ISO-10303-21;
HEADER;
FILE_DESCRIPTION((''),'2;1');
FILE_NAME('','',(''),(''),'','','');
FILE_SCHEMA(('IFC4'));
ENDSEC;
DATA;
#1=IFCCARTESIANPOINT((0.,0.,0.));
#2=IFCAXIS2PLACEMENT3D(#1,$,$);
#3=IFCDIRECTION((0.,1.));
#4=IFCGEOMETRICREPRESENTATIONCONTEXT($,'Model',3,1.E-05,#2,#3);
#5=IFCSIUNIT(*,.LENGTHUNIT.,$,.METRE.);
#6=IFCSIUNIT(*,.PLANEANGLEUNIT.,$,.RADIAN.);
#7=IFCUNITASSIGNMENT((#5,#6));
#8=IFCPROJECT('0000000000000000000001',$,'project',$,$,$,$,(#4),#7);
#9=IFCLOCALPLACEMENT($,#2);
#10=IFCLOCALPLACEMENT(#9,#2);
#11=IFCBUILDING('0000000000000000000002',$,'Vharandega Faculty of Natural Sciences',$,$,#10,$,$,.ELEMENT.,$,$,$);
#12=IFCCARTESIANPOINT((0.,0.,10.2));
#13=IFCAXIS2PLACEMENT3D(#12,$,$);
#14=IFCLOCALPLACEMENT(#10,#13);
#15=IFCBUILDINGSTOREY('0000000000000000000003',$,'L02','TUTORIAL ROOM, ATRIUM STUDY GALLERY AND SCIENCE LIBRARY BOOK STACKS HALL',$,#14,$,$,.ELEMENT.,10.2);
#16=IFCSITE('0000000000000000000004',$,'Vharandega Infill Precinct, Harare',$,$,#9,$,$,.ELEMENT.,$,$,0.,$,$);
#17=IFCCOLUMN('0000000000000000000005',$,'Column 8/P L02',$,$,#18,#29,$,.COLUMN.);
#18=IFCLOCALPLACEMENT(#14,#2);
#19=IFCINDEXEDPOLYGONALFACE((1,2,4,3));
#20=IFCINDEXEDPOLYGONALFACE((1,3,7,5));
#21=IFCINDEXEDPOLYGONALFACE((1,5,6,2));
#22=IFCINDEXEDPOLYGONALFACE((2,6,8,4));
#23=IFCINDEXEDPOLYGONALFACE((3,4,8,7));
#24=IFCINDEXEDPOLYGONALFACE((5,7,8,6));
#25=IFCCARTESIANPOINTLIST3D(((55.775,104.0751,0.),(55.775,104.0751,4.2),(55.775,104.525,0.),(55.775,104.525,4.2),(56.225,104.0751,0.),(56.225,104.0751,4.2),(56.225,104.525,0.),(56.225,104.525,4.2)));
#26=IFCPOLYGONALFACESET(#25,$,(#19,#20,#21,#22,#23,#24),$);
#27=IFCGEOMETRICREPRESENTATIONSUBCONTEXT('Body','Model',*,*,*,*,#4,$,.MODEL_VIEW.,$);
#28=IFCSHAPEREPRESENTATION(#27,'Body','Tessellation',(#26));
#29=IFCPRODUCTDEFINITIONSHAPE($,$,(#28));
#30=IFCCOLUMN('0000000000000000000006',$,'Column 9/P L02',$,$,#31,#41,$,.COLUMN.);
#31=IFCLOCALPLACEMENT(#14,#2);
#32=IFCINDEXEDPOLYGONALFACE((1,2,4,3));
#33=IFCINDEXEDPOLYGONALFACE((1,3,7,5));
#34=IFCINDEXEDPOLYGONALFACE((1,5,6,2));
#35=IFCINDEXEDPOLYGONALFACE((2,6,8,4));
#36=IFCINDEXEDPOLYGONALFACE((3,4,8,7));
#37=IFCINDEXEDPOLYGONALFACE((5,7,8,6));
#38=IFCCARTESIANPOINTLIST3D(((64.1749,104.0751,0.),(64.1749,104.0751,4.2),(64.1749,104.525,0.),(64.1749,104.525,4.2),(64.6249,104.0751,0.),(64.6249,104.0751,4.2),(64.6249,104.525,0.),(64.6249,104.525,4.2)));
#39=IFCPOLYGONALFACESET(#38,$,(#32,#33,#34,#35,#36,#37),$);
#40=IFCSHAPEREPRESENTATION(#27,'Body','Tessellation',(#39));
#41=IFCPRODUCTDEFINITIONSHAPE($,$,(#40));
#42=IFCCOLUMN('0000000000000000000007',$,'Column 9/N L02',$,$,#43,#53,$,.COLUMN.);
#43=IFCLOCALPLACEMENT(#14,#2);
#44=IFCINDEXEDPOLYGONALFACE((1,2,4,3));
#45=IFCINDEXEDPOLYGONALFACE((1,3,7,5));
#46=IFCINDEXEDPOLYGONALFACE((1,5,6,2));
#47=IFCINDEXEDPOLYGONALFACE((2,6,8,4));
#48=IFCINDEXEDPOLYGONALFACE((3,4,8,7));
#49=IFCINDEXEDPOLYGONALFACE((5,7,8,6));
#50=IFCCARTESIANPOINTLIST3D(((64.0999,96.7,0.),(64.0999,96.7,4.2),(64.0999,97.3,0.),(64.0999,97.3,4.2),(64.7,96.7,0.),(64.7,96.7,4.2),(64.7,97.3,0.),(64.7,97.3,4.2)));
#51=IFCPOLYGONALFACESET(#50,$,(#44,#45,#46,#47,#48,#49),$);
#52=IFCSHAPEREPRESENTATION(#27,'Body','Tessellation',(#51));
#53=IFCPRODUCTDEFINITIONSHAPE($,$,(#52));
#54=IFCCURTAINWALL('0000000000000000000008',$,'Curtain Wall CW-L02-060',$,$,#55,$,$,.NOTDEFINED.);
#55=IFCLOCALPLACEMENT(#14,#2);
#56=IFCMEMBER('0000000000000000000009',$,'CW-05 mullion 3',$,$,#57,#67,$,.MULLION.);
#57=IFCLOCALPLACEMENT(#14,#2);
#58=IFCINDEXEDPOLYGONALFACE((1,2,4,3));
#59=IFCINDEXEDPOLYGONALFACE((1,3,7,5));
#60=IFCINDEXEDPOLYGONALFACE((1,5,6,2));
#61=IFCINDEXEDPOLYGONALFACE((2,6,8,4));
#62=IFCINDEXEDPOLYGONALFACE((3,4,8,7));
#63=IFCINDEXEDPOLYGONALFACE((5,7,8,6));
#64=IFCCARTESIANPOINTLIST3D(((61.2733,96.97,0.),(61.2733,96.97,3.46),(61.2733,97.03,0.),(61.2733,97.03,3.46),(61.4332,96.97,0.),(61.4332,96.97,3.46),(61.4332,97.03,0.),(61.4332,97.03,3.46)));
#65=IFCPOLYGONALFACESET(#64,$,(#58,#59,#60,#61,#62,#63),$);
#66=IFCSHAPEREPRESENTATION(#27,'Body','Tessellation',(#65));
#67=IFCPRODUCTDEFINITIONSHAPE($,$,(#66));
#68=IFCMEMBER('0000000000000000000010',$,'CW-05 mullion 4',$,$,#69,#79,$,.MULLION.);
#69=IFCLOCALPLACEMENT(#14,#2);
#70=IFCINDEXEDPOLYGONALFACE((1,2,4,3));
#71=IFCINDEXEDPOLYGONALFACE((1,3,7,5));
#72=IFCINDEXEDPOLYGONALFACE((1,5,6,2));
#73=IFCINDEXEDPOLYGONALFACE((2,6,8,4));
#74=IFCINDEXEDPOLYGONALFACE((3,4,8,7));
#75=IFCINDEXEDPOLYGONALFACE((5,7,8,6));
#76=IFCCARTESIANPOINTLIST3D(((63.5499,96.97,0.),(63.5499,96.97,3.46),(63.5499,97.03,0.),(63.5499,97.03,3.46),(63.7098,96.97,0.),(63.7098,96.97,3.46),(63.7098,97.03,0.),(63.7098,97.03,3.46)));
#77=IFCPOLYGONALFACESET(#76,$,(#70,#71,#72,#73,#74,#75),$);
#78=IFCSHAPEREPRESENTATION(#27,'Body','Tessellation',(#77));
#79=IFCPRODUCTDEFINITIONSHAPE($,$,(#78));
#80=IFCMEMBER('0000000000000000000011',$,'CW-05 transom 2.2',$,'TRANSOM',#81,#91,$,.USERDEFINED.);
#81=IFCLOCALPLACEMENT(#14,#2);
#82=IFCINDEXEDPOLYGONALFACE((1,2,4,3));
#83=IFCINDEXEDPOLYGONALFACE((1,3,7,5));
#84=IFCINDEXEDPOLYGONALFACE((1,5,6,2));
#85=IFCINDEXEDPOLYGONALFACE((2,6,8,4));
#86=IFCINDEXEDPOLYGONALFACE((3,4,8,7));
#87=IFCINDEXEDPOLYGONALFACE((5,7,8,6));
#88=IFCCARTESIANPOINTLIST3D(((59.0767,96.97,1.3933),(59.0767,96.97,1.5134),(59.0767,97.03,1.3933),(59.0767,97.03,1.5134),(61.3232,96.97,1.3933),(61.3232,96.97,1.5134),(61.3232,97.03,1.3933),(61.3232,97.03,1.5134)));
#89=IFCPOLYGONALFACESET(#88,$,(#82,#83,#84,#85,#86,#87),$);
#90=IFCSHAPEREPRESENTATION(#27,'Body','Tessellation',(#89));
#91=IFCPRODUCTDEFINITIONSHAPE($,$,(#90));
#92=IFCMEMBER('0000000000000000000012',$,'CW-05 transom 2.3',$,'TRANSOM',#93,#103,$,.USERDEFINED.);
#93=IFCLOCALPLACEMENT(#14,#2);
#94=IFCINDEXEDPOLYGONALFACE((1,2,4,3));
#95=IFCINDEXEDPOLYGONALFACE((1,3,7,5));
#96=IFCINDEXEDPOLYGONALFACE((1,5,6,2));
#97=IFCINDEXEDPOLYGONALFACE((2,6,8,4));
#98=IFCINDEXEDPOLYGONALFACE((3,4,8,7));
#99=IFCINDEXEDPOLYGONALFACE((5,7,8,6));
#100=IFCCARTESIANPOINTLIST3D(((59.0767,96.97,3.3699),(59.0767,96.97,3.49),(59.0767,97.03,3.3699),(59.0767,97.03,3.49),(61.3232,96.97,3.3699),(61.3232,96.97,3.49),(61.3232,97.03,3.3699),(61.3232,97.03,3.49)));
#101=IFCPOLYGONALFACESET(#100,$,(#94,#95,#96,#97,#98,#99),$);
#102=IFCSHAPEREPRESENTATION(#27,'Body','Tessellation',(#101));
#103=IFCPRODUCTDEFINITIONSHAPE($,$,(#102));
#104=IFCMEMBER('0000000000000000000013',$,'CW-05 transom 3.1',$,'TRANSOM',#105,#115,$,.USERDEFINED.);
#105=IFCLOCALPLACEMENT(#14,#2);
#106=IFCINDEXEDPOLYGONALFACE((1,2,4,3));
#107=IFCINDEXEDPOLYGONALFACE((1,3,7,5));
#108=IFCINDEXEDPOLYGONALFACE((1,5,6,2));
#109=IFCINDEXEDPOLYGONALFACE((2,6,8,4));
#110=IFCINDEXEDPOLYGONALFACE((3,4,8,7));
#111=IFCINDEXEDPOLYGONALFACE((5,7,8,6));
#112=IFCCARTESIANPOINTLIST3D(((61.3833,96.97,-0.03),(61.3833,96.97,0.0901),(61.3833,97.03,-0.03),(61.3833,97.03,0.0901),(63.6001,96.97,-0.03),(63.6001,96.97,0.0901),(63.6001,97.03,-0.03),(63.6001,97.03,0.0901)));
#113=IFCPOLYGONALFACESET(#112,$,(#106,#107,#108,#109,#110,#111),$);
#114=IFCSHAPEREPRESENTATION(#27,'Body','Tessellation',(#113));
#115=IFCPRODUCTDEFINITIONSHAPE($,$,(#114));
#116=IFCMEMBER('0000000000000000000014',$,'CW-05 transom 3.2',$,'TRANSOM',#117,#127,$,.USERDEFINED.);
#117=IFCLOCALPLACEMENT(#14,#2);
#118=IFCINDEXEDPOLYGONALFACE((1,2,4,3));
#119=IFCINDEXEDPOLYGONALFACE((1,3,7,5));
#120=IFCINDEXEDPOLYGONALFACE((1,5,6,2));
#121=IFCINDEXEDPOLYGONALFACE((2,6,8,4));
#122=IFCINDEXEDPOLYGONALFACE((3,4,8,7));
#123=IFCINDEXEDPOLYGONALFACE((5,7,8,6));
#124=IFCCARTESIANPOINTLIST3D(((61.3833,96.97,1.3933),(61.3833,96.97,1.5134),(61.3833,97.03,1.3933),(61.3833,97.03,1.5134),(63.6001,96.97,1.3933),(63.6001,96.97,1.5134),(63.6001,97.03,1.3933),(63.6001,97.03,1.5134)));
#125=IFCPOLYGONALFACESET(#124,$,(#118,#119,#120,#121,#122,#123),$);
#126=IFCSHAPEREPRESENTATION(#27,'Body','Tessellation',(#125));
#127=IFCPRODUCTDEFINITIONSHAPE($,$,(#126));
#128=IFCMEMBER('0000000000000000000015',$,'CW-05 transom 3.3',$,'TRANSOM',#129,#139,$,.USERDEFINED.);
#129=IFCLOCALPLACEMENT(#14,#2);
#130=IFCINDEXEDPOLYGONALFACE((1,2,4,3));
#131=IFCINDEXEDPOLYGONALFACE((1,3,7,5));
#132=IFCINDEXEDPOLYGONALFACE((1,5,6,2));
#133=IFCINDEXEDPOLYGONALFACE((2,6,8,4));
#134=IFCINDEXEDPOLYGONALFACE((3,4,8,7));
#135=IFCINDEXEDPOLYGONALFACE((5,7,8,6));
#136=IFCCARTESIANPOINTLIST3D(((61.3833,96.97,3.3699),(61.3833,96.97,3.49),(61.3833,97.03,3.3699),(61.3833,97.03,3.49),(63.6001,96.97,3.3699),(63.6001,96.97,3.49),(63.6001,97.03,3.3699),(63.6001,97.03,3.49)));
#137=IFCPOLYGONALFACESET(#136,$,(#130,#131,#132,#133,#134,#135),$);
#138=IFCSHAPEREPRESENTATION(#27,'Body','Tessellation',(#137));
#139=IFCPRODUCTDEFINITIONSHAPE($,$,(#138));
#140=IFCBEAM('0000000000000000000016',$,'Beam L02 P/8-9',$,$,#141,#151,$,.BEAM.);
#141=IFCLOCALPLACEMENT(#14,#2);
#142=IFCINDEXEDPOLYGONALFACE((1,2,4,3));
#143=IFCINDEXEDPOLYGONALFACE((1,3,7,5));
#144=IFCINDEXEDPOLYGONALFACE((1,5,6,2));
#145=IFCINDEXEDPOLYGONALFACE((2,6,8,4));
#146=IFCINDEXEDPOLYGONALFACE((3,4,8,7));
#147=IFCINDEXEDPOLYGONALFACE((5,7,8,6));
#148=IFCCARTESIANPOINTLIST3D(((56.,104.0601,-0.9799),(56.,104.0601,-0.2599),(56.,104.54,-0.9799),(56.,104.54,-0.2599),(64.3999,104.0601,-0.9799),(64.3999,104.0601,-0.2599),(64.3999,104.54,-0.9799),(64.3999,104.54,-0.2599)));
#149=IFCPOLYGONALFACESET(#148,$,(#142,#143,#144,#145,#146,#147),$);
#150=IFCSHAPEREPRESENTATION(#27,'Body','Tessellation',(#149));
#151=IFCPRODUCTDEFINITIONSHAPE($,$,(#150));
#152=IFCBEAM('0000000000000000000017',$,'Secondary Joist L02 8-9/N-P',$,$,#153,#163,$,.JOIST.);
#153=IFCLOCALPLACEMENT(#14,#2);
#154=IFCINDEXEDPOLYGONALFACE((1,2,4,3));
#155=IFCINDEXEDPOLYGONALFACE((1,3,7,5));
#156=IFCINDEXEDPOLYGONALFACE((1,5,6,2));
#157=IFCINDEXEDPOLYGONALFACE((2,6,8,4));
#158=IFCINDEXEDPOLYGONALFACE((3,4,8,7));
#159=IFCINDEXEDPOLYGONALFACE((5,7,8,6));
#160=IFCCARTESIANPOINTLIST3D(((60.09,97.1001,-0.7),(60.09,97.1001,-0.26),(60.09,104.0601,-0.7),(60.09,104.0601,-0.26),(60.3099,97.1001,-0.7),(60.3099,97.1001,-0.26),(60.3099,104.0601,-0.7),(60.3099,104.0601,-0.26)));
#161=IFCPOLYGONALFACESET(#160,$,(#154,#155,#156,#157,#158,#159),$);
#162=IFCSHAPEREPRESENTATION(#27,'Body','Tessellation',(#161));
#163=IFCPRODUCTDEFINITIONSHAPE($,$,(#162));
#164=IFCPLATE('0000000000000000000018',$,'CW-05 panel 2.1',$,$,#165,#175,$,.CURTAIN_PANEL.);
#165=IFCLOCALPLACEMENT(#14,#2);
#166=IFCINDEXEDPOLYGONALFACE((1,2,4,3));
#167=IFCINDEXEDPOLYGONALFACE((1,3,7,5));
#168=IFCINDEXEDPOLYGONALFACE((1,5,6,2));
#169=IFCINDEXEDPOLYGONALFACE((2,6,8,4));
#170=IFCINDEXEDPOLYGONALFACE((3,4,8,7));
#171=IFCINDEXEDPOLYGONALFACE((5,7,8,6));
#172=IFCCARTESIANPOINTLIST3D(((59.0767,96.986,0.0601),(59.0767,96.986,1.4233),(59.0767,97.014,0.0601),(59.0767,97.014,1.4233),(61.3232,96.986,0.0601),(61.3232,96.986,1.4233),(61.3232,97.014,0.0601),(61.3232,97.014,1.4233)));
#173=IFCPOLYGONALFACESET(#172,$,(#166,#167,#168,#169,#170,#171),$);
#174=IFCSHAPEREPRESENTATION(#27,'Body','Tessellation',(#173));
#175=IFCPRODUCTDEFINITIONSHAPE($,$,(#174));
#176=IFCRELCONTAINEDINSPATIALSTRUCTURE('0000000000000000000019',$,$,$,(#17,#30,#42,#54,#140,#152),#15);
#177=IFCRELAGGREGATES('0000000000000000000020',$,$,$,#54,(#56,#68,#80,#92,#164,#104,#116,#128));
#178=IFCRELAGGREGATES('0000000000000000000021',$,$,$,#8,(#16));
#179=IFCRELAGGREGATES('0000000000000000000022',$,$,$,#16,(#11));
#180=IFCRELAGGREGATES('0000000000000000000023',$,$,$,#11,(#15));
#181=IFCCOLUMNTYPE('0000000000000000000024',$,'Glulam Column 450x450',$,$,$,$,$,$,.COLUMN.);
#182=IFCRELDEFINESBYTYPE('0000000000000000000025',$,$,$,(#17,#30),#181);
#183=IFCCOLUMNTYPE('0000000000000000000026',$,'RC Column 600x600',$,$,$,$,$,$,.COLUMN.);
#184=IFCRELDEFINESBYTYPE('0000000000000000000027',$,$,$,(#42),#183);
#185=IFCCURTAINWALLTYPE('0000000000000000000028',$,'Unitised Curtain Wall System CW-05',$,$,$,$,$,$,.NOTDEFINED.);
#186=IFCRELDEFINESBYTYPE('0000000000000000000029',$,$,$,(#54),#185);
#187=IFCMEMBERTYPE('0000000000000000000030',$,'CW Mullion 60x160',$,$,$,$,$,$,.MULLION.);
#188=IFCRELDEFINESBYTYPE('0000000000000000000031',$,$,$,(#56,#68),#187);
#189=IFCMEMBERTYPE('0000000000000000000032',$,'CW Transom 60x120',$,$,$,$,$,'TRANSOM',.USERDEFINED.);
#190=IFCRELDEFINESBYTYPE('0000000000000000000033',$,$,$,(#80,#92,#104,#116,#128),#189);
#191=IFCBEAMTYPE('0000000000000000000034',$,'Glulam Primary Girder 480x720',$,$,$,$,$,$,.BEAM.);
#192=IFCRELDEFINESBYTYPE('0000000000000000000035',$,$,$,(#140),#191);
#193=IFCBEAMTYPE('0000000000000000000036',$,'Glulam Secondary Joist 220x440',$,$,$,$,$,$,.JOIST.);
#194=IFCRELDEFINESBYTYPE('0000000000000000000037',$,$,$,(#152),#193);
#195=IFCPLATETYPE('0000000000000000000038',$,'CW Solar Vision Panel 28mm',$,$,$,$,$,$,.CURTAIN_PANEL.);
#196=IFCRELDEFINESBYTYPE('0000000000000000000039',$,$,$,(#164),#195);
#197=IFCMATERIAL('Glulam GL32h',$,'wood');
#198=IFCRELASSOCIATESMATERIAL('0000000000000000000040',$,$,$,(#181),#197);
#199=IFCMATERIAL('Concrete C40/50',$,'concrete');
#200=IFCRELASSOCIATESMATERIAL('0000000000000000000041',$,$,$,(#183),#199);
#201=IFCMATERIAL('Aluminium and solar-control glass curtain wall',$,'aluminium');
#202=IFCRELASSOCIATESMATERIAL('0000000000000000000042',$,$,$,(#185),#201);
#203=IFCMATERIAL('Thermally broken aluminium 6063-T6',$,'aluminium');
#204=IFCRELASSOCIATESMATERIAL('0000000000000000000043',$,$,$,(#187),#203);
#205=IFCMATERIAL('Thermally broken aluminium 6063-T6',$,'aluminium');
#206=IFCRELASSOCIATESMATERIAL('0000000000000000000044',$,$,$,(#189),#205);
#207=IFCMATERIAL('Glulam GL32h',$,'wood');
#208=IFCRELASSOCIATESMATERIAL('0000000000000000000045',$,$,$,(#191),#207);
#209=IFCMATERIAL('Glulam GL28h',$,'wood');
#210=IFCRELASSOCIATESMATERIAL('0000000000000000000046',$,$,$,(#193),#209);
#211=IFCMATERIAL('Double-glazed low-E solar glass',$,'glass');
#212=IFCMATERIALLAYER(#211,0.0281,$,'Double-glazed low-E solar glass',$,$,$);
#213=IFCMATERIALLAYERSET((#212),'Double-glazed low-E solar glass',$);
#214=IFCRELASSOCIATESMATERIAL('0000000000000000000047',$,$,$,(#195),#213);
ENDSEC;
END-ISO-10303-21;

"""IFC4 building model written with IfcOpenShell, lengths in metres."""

from ifc_helpers import new_model, si_unit, direction, frame, origin, origin_2d, place, context, subcontext, project, spatial, rectangle, extrude, material, layer, layer_set, material_profile, profile_set, type_object, element, aggregate, save


model = new_model("IFC4")

# Units and contexts
model_context = context("Model", 3, precision=1e-05, world=origin(), true_north=direction((0.0, 1.0)))
body_context = subcontext(model_context, "Body", "Model", "MODEL_VIEW")
ifc_project = project(units=[si_unit("LENGTHUNIT", "METRE"), si_unit("PLANEANGLEUNIT", "RADIAN")], contexts=[model_context])

# Site, building, storey
site_placement = place(None, origin())
site = spatial("IfcSite", under=ifc_project, at=site_placement, Name="Vharandega Infill Precinct, Harare", CompositionType="ELEMENT", RefElevation=0.0)
building_placement = place(site_placement, origin())
building = spatial("IfcBuilding", under=site, at=building_placement, Name="Vharandega Faculty of Natural Sciences", CompositionType="ELEMENT")
storey_placement = place(building_placement, frame((0.0, 0.0, 10.2)))
storey = spatial("IfcBuildingStorey", under=building, at=storey_placement, Name="L02", Description="TUTORIAL ROOM, ATRIUM STUDY GALLERY AND SCIENCE LIBRARY BOOK STACKS HALL", CompositionType="ELEMENT", Elevation=10.2)

# Columns
ifc_material_1 = material(Name="Glulam GL32h", Category="wood")
ifc_material_profile_1 = material_profile(ifc_material_1, rectangle(XDim=0.45, YDim=0.45, at=origin_2d()), Name="GL32h 450x450")
ifc_profile_set_1 = profile_set([ifc_material_profile_1], Name="Glulam GL32h")
column_type_1 = type_object("IfcColumnType", Name="Glulam Column 450x450", PredefinedType="COLUMN", material=ifc_profile_set_1)
for number, where, z_axis, x_axis, name in (
    (1, (56.0, 104.3, 0.0), (0.0, 0.0, 1.0), (1.0, 0.0, 0.0), "Column 8/P L02"),
    (2, (64.3999, 104.3, 0.0), (0.0, 0.0, 1.0), (1.0, 0.0, 0.0), "Column 9/P L02"),
):
    element("IfcColumn", number, at=place(storey_placement, frame(where, z_axis=z_axis, x_axis=x_axis)), inside=storey, type_object=column_type_1, Name=name, PredefinedType="COLUMN", context=body_context, shape_type="SweptSolid", body=[
        extrude(rectangle(XDim=0.45, YDim=0.45, at=origin_2d()), origin(), (0.0, 0.0, 1.0), 4.2),
    ])
ifc_material_2 = material(Name="Concrete C40/50", Category="concrete")
ifc_material_profile_2 = material_profile(ifc_material_2, rectangle(XDim=0.6001, YDim=0.6001, at=origin_2d()), Name="RC 600x600")
ifc_profile_set_2 = profile_set([ifc_material_profile_2], Name="Concrete C40/50")
column_type_2 = type_object("IfcColumnType", Name="RC Column 600x600", PredefinedType="COLUMN", material=ifc_profile_set_2)
column_placement = place(storey_placement, frame((64.3999, 97.0, 0.0), z_axis=(0.0, 0.0, 1.0), x_axis=(1.0, 0.0, 0.0)))
element("IfcColumn", 3, at=column_placement, inside=storey, type_object=column_type_2, Name="Column 9/N L02", PredefinedType="COLUMN", context=body_context, shape_type="SweptSolid", body=[
    extrude(rectangle(XDim=0.6001, YDim=0.6001, at=origin_2d()), origin(), (0.0, 0.0, 1.0), 4.2),
])

# Curtain wall, members
ifc_material_3 = material(Name="Aluminium and solar-control glass curtain wall", Category="aluminium")
curtain_wall_type = type_object("IfcCurtainWallType", Name="Unitised Curtain Wall System CW-05", PredefinedType="NOTDEFINED", material=ifc_material_3)
curtain_wall_placement = place(storey_placement, origin())
curtain_wall = element("IfcCurtainWall", 4, at=curtain_wall_placement, inside=storey, type_object=curtain_wall_type, Name="Curtain Wall CW-L02-060", PredefinedType="NOTDEFINED")
ifc_material_4 = material(Name="Thermally broken aluminium 6063-T6", Category="aluminium")
ifc_material_profile_3 = material_profile(ifc_material_4, rectangle(XDim=0.0601, YDim=0.1599, at=origin_2d()), Name="ALU 60x160")
ifc_profile_set_3 = profile_set([ifc_material_profile_3], Name="Thermally broken aluminium 6063-T6")
member_type_1 = type_object("IfcMemberType", Name="CW Mullion 60x160", PredefinedType="MULLION", material=ifc_profile_set_3)
member_1_placement = place(storey_placement, frame((61.3533, 97.0, 0.0), z_axis=(0.0, 0.0, 1.0), x_axis=(0.0, 1.0, 0.0)))
member_1 = element("IfcMember", 5, at=member_1_placement, type_object=member_type_1, Name="CW-05 mullion 3", PredefinedType="MULLION", context=body_context, shape_type="SweptSolid", body=[
    extrude(rectangle(XDim=0.0601, YDim=0.1599, at=origin_2d()), origin(), (0.0, 0.0, 1.0), 3.46),
])
member_2_placement = place(storey_placement, frame((63.6299, 97.0, 0.0), z_axis=(0.0, 0.0, 1.0), x_axis=(0.0, 1.0, 0.0)))
member_2 = element("IfcMember", 6, at=member_2_placement, type_object=member_type_1, Name="CW-05 mullion 4", PredefinedType="MULLION", context=body_context, shape_type="SweptSolid", body=[
    extrude(rectangle(XDim=0.0601, YDim=0.1599, at=origin_2d()), origin(), (0.0, 0.0, 1.0), 3.46),
])
ifc_material_5 = material(Name="Thermally broken aluminium 6063-T6", Category="aluminium")
ifc_material_profile_4 = material_profile(ifc_material_5, rectangle(XDim=0.0601, YDim=0.1201, at=origin_2d()), Name="ALU 60x120")
ifc_profile_set_4 = profile_set([ifc_material_profile_4], Name="Thermally broken aluminium 6063-T6")
member_type_2 = type_object("IfcMemberType", Name="CW Transom 60x120", ElementType="TRANSOM", PredefinedType="USERDEFINED", material=ifc_profile_set_4)
member_3_placement = place(storey_placement, frame((59.0767, 97.0, 1.4534), z_axis=(1.0, 0.0, 0.0), x_axis=(0.0, 1.0, 0.0)))
member_3 = element("IfcMember", 7, at=member_3_placement, type_object=member_type_2, Name="CW-05 transom 2.2", ObjectType="TRANSOM", PredefinedType="USERDEFINED", context=body_context, shape_type="SweptSolid", body=[
    extrude(rectangle(XDim=0.0601, YDim=0.1201, at=origin_2d()), origin(), (0.0, 0.0, 1.0), 2.2466),
])
member_4_placement = place(storey_placement, frame((59.0767, 97.0, 3.4299), z_axis=(1.0, 0.0, 0.0), x_axis=(0.0, 1.0, 0.0)))
member_4 = element("IfcMember", 8, at=member_4_placement, type_object=member_type_2, Name="CW-05 transom 2.3", ObjectType="TRANSOM", PredefinedType="USERDEFINED", context=body_context, shape_type="SweptSolid", body=[
    extrude(rectangle(XDim=0.0601, YDim=0.1201, at=origin_2d()), origin(), (0.0, 0.0, 1.0), 2.2466),
])
member_5_placement = place(storey_placement, frame((61.3833, 97.0, 0.03), z_axis=(1.0, 0.0, 0.0), x_axis=(0.0, 1.0, 0.0)))
member_5 = element("IfcMember", 9, at=member_5_placement, type_object=member_type_2, Name="CW-05 transom 3.1", ObjectType="TRANSOM", PredefinedType="USERDEFINED", context=body_context, shape_type="SweptSolid", body=[
    extrude(rectangle(XDim=0.0601, YDim=0.1201, at=origin_2d()), origin(), (0.0, 0.0, 1.0), 2.2168),
])
member_6_placement = place(storey_placement, frame((61.3833, 97.0, 1.4534), z_axis=(1.0, 0.0, 0.0), x_axis=(0.0, 1.0, 0.0)))
member_6 = element("IfcMember", 10, at=member_6_placement, type_object=member_type_2, Name="CW-05 transom 3.2", ObjectType="TRANSOM", PredefinedType="USERDEFINED", context=body_context, shape_type="SweptSolid", body=[
    extrude(rectangle(XDim=0.0601, YDim=0.1201, at=origin_2d()), origin(), (0.0, 0.0, 1.0), 2.2168),
])
member_7_placement = place(storey_placement, frame((61.3833, 97.0, 3.4299), z_axis=(1.0, 0.0, 0.0), x_axis=(0.0, 1.0, 0.0)))
member_7 = element("IfcMember", 11, at=member_7_placement, type_object=member_type_2, Name="CW-05 transom 3.3", ObjectType="TRANSOM", PredefinedType="USERDEFINED", context=body_context, shape_type="SweptSolid", body=[
    extrude(rectangle(XDim=0.0601, YDim=0.1201, at=origin_2d()), origin(), (0.0, 0.0, 1.0), 2.2168),
])

# Beams
ifc_material_6 = material(Name="Glulam GL32h", Category="wood")
ifc_material_profile_5 = material_profile(ifc_material_6, rectangle(XDim=0.48, YDim=0.72, at=origin_2d()), Name="GL32h 480x720")
ifc_profile_set_5 = profile_set([ifc_material_profile_5], Name="Glulam GL32h")
beam_type_1 = type_object("IfcBeamType", Name="Glulam Primary Girder 480x720", PredefinedType="BEAM", material=ifc_profile_set_5)
beam_1_placement = place(storey_placement, frame((56.0, 104.3, -0.6199), z_axis=(1.0, 0.0, 0.0), x_axis=(0.0, 1.0, 0.0)))
element("IfcBeam", 12, at=beam_1_placement, inside=storey, type_object=beam_type_1, Name="Beam L02 P/8-9", PredefinedType="BEAM", context=body_context, shape_type="SweptSolid", body=[
    extrude(rectangle(XDim=0.48, YDim=0.72, at=origin_2d()), origin(), (0.0, 0.0, 1.0), 8.3999),
])
ifc_material_7 = material(Name="Glulam GL28h", Category="wood")
ifc_material_profile_6 = material_profile(ifc_material_7, rectangle(XDim=0.22, YDim=0.4399, at=origin_2d()), Name="GL28h 220x440")
ifc_profile_set_6 = profile_set([ifc_material_profile_6], Name="Glulam GL28h")
beam_type_2 = type_object("IfcBeamType", Name="Glulam Secondary Joist 220x440", PredefinedType="JOIST", material=ifc_profile_set_6)
beam_2_placement = place(storey_placement, frame((60.2, 97.1001, -0.48), z_axis=(0.0, 1.0, 0.0), x_axis=(-1.0, 0.0, 0.0)))
element("IfcBeam", 13, at=beam_2_placement, inside=storey, type_object=beam_type_2, Name="Secondary Joist L02 8-9/N-P", PredefinedType="JOIST", context=body_context, shape_type="SweptSolid", body=[
    extrude(rectangle(XDim=0.22, YDim=0.4399, at=origin_2d()), origin(), (0.0, 0.0, 1.0), 6.96),
])

# Plate
ifc_material_8 = material(Name="Double-glazed low-E solar glass", Category="glass")
ifc_layer_1 = layer(ifc_material_8, 0.0281, Name="Double-glazed low-E solar glass")
ifc_layer_set_1 = layer_set([ifc_layer_1], Name="Double-glazed low-E solar glass")
plate_type = type_object("IfcPlateType", Name="CW Solar Vision Panel 28mm", PredefinedType="CURTAIN_PANEL", material=ifc_layer_set_1)
plate_1_placement = place(storey_placement, frame((60.2, 97.0, 0.0601), z_axis=(0.0, 0.0, 1.0), x_axis=(1.0, 0.0, 0.0)))
plate_1 = element("IfcPlate", 14, at=plate_1_placement, type_object=plate_type, Name="CW-05 panel 2.1", PredefinedType="CURTAIN_PANEL", context=body_context, shape_type="SweptSolid", body=[
    extrude(rectangle(XDim=2.2466, YDim=0.0281, at=origin_2d()), origin(), (0.0, 0.0, 1.0), 1.3633),
])
aggregate(curtain_wall, [member_1, member_2, member_3, member_4, plate_1, member_5, member_6, member_7])

save(model, "model.ifc")
